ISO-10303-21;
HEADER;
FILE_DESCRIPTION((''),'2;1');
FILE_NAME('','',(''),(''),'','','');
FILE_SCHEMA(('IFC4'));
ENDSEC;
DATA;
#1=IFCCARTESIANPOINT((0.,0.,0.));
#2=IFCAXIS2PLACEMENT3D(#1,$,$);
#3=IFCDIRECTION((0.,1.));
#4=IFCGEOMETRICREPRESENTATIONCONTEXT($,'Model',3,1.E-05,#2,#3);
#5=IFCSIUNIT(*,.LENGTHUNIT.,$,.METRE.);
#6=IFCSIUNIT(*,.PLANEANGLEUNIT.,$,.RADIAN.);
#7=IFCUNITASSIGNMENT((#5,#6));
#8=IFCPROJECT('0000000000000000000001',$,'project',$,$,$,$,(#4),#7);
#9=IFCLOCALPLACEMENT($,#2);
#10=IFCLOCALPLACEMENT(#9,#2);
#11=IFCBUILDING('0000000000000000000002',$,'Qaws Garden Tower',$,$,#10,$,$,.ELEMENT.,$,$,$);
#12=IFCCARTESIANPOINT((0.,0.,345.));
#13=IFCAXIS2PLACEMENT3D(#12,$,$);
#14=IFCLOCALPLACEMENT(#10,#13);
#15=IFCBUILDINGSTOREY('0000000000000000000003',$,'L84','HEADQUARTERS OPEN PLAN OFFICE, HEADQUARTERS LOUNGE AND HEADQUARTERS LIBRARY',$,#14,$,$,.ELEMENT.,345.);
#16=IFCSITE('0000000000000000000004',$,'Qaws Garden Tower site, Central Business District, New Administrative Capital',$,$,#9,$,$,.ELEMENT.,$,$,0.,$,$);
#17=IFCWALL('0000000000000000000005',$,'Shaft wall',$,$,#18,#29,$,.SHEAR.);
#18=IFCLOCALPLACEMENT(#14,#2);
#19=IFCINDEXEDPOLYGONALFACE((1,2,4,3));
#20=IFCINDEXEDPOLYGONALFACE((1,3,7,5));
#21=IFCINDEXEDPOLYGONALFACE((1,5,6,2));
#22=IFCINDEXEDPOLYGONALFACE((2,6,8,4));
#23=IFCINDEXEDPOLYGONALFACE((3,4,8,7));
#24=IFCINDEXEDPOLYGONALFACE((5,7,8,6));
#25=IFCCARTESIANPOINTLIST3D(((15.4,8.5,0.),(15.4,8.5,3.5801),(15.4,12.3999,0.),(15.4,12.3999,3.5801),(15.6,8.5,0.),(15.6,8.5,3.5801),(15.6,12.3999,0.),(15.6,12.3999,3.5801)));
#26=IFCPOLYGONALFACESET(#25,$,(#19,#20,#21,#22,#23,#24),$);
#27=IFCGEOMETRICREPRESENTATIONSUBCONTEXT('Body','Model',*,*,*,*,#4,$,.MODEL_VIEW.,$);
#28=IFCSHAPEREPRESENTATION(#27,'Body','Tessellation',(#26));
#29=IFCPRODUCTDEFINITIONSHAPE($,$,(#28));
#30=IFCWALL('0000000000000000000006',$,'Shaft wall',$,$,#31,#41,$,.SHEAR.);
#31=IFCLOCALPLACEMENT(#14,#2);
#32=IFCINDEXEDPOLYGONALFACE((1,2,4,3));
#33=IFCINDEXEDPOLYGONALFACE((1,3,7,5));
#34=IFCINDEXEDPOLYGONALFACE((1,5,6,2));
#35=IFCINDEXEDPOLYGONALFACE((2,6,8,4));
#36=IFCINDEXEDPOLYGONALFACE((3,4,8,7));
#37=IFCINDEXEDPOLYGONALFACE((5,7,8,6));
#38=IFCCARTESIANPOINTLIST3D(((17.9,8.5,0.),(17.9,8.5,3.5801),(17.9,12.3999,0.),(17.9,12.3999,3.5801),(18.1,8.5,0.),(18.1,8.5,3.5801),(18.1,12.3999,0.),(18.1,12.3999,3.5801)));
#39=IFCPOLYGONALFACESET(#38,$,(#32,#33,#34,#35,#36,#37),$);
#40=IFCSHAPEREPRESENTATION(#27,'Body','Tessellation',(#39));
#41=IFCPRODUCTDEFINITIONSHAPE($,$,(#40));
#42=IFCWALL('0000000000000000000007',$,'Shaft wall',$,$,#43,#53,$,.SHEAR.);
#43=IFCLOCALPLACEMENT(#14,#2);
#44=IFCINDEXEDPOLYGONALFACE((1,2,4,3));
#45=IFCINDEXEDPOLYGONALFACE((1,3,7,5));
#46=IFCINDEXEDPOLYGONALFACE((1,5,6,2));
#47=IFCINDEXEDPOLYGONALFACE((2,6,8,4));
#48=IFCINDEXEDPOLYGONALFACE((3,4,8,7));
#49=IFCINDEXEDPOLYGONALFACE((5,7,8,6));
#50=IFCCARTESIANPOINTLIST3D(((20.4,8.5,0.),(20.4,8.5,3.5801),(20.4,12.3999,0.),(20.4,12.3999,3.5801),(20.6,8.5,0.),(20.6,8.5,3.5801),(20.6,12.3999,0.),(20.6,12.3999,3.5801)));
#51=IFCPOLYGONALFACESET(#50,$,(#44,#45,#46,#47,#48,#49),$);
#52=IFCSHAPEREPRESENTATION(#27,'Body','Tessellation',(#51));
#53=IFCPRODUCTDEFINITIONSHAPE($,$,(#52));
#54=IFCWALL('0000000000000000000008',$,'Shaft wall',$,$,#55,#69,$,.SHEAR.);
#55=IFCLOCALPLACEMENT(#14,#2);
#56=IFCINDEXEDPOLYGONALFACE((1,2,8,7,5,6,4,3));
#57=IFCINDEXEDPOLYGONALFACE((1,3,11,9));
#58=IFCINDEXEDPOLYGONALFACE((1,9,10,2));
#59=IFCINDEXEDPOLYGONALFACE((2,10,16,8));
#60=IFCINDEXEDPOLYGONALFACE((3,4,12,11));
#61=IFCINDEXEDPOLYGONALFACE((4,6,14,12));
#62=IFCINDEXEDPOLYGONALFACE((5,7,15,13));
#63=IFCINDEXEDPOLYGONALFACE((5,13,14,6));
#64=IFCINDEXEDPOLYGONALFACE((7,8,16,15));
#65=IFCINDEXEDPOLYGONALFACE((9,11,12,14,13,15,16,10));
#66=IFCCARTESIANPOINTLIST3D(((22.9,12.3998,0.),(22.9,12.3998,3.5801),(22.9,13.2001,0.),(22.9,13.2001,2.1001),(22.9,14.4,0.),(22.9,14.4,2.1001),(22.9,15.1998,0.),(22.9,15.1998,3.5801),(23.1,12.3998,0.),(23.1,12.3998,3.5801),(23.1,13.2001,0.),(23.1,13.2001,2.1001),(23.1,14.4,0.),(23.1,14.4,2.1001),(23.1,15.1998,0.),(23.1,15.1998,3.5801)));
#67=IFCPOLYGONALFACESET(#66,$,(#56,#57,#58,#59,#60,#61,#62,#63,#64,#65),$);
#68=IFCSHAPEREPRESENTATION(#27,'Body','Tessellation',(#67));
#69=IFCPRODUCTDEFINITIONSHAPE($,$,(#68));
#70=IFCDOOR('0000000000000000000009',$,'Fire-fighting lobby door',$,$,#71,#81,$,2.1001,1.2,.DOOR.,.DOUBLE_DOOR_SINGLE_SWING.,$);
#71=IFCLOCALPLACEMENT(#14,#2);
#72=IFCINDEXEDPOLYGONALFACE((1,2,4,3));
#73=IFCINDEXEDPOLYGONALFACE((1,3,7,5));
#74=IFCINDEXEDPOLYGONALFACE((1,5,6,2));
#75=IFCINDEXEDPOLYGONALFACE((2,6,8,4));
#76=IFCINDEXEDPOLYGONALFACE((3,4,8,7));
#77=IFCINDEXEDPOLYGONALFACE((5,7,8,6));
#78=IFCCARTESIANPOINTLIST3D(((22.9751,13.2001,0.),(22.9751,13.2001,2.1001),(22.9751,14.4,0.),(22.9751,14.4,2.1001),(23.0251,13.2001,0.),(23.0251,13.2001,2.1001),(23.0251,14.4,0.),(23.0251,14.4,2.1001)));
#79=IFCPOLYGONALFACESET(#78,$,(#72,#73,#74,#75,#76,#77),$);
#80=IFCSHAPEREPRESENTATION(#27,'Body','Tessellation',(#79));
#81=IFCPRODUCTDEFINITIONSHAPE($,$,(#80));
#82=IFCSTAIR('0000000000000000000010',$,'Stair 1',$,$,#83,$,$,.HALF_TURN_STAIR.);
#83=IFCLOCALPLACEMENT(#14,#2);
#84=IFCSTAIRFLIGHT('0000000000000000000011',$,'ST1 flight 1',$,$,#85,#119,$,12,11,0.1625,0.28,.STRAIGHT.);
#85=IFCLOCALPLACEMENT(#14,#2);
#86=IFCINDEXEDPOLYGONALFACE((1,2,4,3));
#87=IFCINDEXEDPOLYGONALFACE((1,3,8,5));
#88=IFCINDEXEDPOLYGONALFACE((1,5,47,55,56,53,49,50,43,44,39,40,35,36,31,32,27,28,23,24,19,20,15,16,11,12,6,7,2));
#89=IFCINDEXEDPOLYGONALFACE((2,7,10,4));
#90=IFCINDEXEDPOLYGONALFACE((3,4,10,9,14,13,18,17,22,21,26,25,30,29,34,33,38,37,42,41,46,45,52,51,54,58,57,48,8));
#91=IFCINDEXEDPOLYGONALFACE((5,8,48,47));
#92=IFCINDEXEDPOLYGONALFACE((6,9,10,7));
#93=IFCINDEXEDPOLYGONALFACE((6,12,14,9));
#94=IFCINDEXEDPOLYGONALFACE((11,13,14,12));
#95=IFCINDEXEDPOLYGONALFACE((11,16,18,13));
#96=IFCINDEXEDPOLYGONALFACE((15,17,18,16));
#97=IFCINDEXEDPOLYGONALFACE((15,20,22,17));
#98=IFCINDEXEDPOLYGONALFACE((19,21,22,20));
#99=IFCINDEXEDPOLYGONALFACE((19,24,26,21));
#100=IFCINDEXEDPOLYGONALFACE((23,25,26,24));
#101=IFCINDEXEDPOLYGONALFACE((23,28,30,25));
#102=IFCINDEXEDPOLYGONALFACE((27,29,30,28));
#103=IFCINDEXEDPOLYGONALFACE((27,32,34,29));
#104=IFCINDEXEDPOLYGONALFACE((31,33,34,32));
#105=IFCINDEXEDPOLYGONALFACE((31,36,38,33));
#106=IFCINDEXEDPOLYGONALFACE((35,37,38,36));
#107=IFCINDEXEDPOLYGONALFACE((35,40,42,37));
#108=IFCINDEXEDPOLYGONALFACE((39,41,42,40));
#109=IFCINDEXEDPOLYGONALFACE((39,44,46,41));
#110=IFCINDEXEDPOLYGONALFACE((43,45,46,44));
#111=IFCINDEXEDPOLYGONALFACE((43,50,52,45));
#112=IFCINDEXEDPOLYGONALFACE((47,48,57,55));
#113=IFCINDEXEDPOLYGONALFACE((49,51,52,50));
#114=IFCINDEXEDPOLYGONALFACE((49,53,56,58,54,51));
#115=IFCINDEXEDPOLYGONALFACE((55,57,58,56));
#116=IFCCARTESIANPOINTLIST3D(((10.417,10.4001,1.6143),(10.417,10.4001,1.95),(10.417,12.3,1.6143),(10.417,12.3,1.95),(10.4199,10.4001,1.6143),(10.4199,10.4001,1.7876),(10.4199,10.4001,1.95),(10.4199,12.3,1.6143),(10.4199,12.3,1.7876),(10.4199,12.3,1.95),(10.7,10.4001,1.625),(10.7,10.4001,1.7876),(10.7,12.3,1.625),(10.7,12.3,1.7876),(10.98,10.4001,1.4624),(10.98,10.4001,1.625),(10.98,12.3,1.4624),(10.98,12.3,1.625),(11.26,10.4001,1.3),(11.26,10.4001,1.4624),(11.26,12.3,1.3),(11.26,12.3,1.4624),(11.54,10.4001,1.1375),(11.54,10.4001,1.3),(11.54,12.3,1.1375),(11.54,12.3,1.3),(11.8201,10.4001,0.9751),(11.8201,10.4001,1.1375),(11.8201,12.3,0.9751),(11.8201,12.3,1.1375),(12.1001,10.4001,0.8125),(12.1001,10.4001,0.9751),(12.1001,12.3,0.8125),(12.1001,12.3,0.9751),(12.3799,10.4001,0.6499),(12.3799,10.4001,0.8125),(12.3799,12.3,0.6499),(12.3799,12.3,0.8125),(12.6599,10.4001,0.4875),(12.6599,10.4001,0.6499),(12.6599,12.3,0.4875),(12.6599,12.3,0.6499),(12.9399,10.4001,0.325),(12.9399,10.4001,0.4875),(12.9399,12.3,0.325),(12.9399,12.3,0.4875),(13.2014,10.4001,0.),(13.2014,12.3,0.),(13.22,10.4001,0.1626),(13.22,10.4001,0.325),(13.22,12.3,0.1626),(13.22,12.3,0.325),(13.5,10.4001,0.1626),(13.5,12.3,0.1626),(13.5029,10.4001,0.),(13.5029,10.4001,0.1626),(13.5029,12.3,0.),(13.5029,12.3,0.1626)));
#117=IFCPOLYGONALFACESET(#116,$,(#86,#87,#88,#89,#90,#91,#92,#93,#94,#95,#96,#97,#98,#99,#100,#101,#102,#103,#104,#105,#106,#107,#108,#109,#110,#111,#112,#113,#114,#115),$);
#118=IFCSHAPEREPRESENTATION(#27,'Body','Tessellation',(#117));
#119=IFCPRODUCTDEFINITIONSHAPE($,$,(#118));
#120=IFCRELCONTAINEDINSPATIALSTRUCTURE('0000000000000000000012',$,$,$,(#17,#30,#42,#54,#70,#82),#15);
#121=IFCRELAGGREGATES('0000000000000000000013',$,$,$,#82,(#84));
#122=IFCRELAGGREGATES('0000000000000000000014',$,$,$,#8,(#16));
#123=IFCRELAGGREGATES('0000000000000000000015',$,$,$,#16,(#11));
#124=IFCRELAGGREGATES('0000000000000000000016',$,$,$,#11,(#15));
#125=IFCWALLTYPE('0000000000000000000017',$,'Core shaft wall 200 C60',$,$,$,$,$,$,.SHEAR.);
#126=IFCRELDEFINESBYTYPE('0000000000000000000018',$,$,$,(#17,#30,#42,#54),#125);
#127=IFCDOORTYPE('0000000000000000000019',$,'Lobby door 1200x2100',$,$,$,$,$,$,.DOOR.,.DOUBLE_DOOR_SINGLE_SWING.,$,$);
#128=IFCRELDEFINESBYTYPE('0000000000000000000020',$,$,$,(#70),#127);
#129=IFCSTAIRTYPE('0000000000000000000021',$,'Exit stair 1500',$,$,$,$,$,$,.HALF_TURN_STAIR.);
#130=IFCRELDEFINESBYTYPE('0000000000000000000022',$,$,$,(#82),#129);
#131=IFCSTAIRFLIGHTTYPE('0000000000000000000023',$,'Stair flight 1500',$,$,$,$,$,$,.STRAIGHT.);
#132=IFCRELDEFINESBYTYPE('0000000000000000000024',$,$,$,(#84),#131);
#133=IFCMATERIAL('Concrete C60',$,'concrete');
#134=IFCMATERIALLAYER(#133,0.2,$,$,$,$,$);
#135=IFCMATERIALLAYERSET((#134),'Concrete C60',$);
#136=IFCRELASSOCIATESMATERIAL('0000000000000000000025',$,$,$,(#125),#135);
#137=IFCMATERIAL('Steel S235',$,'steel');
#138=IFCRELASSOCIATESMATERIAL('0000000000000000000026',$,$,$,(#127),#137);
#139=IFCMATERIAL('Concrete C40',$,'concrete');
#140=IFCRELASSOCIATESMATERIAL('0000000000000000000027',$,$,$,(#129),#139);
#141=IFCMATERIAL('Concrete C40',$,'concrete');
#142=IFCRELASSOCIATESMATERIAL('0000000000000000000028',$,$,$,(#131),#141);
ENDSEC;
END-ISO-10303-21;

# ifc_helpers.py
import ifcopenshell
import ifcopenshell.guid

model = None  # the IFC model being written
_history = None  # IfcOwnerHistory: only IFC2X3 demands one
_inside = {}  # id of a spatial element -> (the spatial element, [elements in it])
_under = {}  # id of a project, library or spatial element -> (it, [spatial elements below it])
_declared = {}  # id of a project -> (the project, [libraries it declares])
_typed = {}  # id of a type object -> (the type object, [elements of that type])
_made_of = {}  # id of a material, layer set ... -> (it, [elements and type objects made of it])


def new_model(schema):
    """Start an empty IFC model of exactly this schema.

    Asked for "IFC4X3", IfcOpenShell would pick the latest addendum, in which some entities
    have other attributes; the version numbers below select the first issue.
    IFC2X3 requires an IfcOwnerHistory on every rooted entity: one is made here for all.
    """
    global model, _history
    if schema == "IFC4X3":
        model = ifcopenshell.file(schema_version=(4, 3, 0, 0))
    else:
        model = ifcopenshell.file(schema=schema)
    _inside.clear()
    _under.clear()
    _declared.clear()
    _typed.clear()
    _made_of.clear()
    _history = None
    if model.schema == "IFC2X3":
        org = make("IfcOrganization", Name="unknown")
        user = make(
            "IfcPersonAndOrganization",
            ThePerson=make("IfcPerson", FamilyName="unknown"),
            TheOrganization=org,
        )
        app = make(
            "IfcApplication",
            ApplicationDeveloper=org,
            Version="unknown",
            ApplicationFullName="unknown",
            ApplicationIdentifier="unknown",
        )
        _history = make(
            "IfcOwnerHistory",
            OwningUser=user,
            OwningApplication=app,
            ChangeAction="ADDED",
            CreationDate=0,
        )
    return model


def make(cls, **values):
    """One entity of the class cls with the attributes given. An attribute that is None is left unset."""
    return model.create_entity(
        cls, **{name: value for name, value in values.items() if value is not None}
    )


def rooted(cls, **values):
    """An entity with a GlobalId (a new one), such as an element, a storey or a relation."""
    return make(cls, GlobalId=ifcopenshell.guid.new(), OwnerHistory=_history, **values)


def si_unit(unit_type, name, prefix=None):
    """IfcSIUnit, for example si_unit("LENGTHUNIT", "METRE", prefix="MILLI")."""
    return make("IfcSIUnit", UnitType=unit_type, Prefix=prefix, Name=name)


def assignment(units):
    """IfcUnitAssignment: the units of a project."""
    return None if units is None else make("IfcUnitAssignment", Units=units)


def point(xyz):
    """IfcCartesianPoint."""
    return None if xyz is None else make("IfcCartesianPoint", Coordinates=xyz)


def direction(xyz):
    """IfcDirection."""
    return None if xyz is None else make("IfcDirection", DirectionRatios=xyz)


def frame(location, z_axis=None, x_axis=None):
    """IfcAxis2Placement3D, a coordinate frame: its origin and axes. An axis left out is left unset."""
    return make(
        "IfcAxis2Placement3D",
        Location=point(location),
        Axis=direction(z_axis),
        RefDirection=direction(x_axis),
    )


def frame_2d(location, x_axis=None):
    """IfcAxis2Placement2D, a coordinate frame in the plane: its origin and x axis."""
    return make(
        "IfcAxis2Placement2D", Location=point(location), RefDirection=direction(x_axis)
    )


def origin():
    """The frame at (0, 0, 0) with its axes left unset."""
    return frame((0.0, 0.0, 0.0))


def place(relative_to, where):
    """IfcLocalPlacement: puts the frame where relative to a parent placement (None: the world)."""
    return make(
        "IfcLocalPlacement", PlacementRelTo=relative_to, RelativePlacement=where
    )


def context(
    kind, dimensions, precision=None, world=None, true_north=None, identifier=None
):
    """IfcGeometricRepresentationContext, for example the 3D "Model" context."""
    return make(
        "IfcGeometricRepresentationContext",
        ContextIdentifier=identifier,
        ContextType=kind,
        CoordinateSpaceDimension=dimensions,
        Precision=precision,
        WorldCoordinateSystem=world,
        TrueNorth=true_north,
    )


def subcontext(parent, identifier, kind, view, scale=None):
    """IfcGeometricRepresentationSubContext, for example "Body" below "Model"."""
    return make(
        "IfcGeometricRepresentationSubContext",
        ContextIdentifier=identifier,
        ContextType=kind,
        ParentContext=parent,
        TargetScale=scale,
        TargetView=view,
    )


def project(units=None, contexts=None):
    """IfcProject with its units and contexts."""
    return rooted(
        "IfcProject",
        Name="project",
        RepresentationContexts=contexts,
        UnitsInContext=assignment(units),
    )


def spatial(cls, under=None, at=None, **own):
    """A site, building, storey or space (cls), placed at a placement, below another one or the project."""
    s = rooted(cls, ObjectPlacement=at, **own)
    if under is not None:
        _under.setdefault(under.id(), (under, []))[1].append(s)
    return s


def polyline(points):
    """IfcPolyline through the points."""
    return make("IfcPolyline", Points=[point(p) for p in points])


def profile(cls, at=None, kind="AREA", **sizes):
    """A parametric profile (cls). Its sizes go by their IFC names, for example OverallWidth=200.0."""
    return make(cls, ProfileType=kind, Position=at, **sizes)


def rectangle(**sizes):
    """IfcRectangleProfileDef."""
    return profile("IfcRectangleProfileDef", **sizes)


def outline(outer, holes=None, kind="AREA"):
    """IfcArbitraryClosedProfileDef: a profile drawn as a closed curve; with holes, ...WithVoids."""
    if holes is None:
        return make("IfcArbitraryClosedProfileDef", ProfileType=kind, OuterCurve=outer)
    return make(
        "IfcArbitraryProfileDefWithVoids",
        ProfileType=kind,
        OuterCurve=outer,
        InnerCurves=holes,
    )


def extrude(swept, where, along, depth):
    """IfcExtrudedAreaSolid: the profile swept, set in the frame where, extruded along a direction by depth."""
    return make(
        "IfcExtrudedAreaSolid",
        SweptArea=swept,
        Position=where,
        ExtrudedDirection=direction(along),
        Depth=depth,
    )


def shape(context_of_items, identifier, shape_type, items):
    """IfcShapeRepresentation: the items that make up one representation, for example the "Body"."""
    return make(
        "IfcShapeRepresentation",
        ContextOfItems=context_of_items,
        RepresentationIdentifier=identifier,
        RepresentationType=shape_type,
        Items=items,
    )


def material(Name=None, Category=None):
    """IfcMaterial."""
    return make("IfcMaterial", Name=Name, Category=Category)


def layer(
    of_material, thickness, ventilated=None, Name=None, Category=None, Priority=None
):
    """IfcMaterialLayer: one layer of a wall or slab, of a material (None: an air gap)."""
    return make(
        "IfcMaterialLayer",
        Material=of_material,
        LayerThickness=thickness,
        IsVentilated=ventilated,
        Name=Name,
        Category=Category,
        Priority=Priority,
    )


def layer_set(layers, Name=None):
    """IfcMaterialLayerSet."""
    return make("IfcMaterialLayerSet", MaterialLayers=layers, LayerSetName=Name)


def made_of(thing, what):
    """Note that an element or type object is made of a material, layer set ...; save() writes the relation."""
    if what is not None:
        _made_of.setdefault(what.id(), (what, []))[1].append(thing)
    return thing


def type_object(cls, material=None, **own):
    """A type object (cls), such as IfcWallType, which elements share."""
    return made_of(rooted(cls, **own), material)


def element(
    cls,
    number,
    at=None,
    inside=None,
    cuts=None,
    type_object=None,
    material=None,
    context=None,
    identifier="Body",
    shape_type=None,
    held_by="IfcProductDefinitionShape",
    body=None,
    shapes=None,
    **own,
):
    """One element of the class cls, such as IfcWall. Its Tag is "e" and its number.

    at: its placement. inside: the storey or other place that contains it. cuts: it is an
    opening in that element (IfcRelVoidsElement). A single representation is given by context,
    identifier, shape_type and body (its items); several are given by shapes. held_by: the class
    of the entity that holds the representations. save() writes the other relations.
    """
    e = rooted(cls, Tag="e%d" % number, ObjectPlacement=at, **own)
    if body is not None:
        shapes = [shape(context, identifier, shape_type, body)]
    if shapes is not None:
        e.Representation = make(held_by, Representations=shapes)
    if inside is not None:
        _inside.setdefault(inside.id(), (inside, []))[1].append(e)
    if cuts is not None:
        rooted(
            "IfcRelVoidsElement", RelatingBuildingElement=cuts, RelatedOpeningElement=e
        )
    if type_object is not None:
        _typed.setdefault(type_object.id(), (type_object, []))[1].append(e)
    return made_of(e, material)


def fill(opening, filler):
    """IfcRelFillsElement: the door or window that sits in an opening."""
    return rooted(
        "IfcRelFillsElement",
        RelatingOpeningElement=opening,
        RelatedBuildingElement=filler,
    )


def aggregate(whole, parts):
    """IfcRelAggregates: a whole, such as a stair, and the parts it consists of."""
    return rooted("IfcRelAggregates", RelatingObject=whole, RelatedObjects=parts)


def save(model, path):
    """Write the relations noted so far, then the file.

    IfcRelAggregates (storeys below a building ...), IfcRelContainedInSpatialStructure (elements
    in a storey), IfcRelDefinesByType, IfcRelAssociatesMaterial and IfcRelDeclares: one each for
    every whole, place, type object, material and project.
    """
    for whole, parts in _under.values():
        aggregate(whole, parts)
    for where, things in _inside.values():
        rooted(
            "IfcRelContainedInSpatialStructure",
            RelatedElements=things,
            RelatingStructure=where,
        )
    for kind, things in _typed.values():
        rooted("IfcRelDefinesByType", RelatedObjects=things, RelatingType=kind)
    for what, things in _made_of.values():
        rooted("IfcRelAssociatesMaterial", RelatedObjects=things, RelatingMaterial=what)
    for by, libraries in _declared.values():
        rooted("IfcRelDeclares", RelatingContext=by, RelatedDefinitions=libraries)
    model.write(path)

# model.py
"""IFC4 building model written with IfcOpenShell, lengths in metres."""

from ifc_helpers import new_model, si_unit, direction, frame, frame_2d, origin, place, context, subcontext, project, spatial, polyline, rectangle, outline, extrude, material, layer, layer_set, type_object, element, fill, aggregate, save


model = new_model("IFC4")

# Units and contexts
model_context = context("Model", 3, precision=1e-05, world=origin(), true_north=direction((0.0, 1.0)))
body_context = subcontext(model_context, "Body", "Model", "MODEL_VIEW")
ifc_project = project(units=[si_unit("LENGTHUNIT", "METRE"), si_unit("PLANEANGLEUNIT", "RADIAN")], contexts=[model_context])

# Site, building, storey
site_placement = place(None, origin())
site = spatial("IfcSite", under=ifc_project, at=site_placement, Name="Qaws Garden Tower site, Central Business District, New Administrative Capital", CompositionType="ELEMENT", RefElevation=0.0)
building_placement = place(site_placement, origin())
building = spatial("IfcBuilding", under=site, at=building_placement, Name="Qaws Garden Tower", CompositionType="ELEMENT")
storey_placement = place(building_placement, frame((0.0, 0.0, 345.0)))
storey = spatial("IfcBuildingStorey", under=building, at=storey_placement, Name="L84", Description="HEADQUARTERS OPEN PLAN OFFICE, HEADQUARTERS LOUNGE AND HEADQUARTERS LIBRARY", CompositionType="ELEMENT", Elevation=345.0)

# Shared definitions
ifc_material_1 = material(Name="Concrete C60", Category="concrete")
ifc_layer_1 = layer(ifc_material_1, 0.2)
ifc_layer_set_1 = layer_set([ifc_layer_1], Name="Concrete C60")
wall_type_1 = type_object("IfcWallType", Name="Core shaft wall 200 C60", PredefinedType="SHEAR", material=ifc_layer_set_1)

# Walls
for number, where, z_axis, x_axis, name in (
    (1, (15.5, 8.5, 0.0), (0.0, 0.0, 1.0), (0.0, 1.0, 0.0), "Shaft wall"),
    (2, (18.0, 8.5, 0.0), (0.0, 0.0, 1.0), (0.0, 1.0, 0.0), "Shaft wall"),
    (3, (20.5, 8.5, 0.0), (0.0, 0.0, 1.0), (0.0, 1.0, 0.0), "Shaft wall"),
):
    element("IfcWall", number, at=place(storey_placement, frame(where, z_axis=z_axis, x_axis=x_axis)), inside=storey, type_object=wall_type_1, Name=name, PredefinedType="SHEAR", context=body_context, shape_type="SweptSolid", body=[
        extrude(rectangle(XDim=3.8999, YDim=0.2, at=frame_2d((1.95, 0.0))), origin(), (0.0, 0.0, 1.0), 3.5801),
    ])

# Wall, opening, door
wall_1_placement = place(storey_placement, frame((23.0, 12.3999, 0.0), z_axis=(0.0, 0.0, 1.0), x_axis=(0.0, 1.0, 0.0)))
wall_1 = element("IfcWall", 4, at=wall_1_placement, inside=storey, type_object=wall_type_1, Name="Shaft wall", PredefinedType="SHEAR", context=body_context, shape_type="SweptSolid", body=[
    extrude(rectangle(XDim=2.8, YDim=0.2, at=frame_2d((1.3999, 0.0))), origin(), (0.0, 0.0, 1.0), 3.5801),
])
opening_1_placement = place(wall_1_placement, frame((0.8, 0.0, 0.0)))
opening_1 = element("IfcOpeningElement", 5, at=opening_1_placement, cuts=wall_1, PredefinedType="OPENING", context=body_context, shape_type="SweptSolid", body=[
    extrude(rectangle(XDim=1.2, YDim=2.1001, at=frame_2d((0.6001, 1.05))), frame((0.0, 0.1099, 0.0), z_axis=(0.0, -1.0, 0.0), x_axis=(1.0, 0.0, 0.0)), (0.0, 0.0, 1.0), 0.22),
])
ifc_material_2 = material(Name="Steel S235", Category="steel")
door_type_1 = type_object("IfcDoorType", Name="Lobby door 1200x2100", OperationType="DOUBLE_DOOR_SINGLE_SWING", PredefinedType="DOOR", material=ifc_material_2)
door_1_placement = place(opening_1_placement, origin())
door_1 = element("IfcDoor", 6, at=door_1_placement, inside=storey, type_object=door_type_1, Name="Fire-fighting lobby door", OperationType="DOUBLE_DOOR_SINGLE_SWING", OverallHeight=2.1001, OverallWidth=1.2, PredefinedType="DOOR", context=body_context, shape_type="SweptSolid", body=[
    extrude(rectangle(XDim=1.2, YDim=2.1001, at=frame_2d((0.6001, 1.05))), frame((0.0, 0.0249, 0.0), z_axis=(0.0, -1.0, 0.0), x_axis=(1.0, 0.0, 0.0)), (0.0, 0.0, 1.0), 0.05),
])
fill(opening_1, door_1)

# Stair, stair flight
ifc_material_3 = material(Name="Concrete C40", Category="concrete")
stair_type = type_object("IfcStairType", Name="Exit stair 1500", PredefinedType="HALF_TURN_STAIR", material=ifc_material_3)
stair_placement = place(storey_placement, origin())
stair = element("IfcStair", 7, at=stair_placement, inside=storey, type_object=stair_type, Name="Stair 1", PredefinedType="HALF_TURN_STAIR")
ifc_material_4 = material(Name="Concrete C40", Category="concrete")
stair_flight_type = type_object("IfcStairFlightType", Name="Stair flight 1500", PredefinedType="STRAIGHT", material=ifc_material_4)
stair_flight_placement = place(storey_placement, frame((13.5, 11.3501, 0.0), z_axis=(0.0, 0.0, 1.0), x_axis=(-1.0, 0.0, 0.0)))
stair_flight = element("IfcStairFlight", 8, at=stair_flight_placement, type_object=stair_flight_type, Name="ST1 flight 1", NumberOfRisers=12, NumberOfTreads=11, PredefinedType="STRAIGHT", RiserHeight=0.1625, TreadLength=0.28, context=body_context, shape_type="SweptSolid", body=[
    extrude(outline(polyline([(-0.0029, 0.0), (-0.0029, 0.1626), (0.0, 0.1626), (0.28, 0.1626), (0.28, 0.325), (0.5601, 0.325), (0.5601, 0.4875), (0.8401, 0.4875), (0.8401, 0.6499), (1.1201, 0.6499), (1.1201, 0.8125), (1.3999, 0.8125), (1.3999, 0.9751), (1.6799, 0.9751), (1.6799, 1.1375), (1.96, 1.1375), (1.96, 1.3), (2.24, 1.3), (2.24, 1.4624), (2.52, 1.4624), (2.52, 1.625), (2.8, 1.625), (2.8, 1.7876), (3.0801, 1.7876), (3.0801, 1.95), (3.083, 1.95), (3.083, 1.6143), (3.0801, 1.6143), (0.2986, 0.0), (-0.0029, 0.0)])), frame((0.0, 0.95, 0.0), z_axis=(0.0, -1.0, 0.0), x_axis=(1.0, 0.0, 0.0)), (0.0, 0.0, 1.0), 1.8999),
])
aggregate(stair, [stair_flight])

save(model, "model.ifc")
